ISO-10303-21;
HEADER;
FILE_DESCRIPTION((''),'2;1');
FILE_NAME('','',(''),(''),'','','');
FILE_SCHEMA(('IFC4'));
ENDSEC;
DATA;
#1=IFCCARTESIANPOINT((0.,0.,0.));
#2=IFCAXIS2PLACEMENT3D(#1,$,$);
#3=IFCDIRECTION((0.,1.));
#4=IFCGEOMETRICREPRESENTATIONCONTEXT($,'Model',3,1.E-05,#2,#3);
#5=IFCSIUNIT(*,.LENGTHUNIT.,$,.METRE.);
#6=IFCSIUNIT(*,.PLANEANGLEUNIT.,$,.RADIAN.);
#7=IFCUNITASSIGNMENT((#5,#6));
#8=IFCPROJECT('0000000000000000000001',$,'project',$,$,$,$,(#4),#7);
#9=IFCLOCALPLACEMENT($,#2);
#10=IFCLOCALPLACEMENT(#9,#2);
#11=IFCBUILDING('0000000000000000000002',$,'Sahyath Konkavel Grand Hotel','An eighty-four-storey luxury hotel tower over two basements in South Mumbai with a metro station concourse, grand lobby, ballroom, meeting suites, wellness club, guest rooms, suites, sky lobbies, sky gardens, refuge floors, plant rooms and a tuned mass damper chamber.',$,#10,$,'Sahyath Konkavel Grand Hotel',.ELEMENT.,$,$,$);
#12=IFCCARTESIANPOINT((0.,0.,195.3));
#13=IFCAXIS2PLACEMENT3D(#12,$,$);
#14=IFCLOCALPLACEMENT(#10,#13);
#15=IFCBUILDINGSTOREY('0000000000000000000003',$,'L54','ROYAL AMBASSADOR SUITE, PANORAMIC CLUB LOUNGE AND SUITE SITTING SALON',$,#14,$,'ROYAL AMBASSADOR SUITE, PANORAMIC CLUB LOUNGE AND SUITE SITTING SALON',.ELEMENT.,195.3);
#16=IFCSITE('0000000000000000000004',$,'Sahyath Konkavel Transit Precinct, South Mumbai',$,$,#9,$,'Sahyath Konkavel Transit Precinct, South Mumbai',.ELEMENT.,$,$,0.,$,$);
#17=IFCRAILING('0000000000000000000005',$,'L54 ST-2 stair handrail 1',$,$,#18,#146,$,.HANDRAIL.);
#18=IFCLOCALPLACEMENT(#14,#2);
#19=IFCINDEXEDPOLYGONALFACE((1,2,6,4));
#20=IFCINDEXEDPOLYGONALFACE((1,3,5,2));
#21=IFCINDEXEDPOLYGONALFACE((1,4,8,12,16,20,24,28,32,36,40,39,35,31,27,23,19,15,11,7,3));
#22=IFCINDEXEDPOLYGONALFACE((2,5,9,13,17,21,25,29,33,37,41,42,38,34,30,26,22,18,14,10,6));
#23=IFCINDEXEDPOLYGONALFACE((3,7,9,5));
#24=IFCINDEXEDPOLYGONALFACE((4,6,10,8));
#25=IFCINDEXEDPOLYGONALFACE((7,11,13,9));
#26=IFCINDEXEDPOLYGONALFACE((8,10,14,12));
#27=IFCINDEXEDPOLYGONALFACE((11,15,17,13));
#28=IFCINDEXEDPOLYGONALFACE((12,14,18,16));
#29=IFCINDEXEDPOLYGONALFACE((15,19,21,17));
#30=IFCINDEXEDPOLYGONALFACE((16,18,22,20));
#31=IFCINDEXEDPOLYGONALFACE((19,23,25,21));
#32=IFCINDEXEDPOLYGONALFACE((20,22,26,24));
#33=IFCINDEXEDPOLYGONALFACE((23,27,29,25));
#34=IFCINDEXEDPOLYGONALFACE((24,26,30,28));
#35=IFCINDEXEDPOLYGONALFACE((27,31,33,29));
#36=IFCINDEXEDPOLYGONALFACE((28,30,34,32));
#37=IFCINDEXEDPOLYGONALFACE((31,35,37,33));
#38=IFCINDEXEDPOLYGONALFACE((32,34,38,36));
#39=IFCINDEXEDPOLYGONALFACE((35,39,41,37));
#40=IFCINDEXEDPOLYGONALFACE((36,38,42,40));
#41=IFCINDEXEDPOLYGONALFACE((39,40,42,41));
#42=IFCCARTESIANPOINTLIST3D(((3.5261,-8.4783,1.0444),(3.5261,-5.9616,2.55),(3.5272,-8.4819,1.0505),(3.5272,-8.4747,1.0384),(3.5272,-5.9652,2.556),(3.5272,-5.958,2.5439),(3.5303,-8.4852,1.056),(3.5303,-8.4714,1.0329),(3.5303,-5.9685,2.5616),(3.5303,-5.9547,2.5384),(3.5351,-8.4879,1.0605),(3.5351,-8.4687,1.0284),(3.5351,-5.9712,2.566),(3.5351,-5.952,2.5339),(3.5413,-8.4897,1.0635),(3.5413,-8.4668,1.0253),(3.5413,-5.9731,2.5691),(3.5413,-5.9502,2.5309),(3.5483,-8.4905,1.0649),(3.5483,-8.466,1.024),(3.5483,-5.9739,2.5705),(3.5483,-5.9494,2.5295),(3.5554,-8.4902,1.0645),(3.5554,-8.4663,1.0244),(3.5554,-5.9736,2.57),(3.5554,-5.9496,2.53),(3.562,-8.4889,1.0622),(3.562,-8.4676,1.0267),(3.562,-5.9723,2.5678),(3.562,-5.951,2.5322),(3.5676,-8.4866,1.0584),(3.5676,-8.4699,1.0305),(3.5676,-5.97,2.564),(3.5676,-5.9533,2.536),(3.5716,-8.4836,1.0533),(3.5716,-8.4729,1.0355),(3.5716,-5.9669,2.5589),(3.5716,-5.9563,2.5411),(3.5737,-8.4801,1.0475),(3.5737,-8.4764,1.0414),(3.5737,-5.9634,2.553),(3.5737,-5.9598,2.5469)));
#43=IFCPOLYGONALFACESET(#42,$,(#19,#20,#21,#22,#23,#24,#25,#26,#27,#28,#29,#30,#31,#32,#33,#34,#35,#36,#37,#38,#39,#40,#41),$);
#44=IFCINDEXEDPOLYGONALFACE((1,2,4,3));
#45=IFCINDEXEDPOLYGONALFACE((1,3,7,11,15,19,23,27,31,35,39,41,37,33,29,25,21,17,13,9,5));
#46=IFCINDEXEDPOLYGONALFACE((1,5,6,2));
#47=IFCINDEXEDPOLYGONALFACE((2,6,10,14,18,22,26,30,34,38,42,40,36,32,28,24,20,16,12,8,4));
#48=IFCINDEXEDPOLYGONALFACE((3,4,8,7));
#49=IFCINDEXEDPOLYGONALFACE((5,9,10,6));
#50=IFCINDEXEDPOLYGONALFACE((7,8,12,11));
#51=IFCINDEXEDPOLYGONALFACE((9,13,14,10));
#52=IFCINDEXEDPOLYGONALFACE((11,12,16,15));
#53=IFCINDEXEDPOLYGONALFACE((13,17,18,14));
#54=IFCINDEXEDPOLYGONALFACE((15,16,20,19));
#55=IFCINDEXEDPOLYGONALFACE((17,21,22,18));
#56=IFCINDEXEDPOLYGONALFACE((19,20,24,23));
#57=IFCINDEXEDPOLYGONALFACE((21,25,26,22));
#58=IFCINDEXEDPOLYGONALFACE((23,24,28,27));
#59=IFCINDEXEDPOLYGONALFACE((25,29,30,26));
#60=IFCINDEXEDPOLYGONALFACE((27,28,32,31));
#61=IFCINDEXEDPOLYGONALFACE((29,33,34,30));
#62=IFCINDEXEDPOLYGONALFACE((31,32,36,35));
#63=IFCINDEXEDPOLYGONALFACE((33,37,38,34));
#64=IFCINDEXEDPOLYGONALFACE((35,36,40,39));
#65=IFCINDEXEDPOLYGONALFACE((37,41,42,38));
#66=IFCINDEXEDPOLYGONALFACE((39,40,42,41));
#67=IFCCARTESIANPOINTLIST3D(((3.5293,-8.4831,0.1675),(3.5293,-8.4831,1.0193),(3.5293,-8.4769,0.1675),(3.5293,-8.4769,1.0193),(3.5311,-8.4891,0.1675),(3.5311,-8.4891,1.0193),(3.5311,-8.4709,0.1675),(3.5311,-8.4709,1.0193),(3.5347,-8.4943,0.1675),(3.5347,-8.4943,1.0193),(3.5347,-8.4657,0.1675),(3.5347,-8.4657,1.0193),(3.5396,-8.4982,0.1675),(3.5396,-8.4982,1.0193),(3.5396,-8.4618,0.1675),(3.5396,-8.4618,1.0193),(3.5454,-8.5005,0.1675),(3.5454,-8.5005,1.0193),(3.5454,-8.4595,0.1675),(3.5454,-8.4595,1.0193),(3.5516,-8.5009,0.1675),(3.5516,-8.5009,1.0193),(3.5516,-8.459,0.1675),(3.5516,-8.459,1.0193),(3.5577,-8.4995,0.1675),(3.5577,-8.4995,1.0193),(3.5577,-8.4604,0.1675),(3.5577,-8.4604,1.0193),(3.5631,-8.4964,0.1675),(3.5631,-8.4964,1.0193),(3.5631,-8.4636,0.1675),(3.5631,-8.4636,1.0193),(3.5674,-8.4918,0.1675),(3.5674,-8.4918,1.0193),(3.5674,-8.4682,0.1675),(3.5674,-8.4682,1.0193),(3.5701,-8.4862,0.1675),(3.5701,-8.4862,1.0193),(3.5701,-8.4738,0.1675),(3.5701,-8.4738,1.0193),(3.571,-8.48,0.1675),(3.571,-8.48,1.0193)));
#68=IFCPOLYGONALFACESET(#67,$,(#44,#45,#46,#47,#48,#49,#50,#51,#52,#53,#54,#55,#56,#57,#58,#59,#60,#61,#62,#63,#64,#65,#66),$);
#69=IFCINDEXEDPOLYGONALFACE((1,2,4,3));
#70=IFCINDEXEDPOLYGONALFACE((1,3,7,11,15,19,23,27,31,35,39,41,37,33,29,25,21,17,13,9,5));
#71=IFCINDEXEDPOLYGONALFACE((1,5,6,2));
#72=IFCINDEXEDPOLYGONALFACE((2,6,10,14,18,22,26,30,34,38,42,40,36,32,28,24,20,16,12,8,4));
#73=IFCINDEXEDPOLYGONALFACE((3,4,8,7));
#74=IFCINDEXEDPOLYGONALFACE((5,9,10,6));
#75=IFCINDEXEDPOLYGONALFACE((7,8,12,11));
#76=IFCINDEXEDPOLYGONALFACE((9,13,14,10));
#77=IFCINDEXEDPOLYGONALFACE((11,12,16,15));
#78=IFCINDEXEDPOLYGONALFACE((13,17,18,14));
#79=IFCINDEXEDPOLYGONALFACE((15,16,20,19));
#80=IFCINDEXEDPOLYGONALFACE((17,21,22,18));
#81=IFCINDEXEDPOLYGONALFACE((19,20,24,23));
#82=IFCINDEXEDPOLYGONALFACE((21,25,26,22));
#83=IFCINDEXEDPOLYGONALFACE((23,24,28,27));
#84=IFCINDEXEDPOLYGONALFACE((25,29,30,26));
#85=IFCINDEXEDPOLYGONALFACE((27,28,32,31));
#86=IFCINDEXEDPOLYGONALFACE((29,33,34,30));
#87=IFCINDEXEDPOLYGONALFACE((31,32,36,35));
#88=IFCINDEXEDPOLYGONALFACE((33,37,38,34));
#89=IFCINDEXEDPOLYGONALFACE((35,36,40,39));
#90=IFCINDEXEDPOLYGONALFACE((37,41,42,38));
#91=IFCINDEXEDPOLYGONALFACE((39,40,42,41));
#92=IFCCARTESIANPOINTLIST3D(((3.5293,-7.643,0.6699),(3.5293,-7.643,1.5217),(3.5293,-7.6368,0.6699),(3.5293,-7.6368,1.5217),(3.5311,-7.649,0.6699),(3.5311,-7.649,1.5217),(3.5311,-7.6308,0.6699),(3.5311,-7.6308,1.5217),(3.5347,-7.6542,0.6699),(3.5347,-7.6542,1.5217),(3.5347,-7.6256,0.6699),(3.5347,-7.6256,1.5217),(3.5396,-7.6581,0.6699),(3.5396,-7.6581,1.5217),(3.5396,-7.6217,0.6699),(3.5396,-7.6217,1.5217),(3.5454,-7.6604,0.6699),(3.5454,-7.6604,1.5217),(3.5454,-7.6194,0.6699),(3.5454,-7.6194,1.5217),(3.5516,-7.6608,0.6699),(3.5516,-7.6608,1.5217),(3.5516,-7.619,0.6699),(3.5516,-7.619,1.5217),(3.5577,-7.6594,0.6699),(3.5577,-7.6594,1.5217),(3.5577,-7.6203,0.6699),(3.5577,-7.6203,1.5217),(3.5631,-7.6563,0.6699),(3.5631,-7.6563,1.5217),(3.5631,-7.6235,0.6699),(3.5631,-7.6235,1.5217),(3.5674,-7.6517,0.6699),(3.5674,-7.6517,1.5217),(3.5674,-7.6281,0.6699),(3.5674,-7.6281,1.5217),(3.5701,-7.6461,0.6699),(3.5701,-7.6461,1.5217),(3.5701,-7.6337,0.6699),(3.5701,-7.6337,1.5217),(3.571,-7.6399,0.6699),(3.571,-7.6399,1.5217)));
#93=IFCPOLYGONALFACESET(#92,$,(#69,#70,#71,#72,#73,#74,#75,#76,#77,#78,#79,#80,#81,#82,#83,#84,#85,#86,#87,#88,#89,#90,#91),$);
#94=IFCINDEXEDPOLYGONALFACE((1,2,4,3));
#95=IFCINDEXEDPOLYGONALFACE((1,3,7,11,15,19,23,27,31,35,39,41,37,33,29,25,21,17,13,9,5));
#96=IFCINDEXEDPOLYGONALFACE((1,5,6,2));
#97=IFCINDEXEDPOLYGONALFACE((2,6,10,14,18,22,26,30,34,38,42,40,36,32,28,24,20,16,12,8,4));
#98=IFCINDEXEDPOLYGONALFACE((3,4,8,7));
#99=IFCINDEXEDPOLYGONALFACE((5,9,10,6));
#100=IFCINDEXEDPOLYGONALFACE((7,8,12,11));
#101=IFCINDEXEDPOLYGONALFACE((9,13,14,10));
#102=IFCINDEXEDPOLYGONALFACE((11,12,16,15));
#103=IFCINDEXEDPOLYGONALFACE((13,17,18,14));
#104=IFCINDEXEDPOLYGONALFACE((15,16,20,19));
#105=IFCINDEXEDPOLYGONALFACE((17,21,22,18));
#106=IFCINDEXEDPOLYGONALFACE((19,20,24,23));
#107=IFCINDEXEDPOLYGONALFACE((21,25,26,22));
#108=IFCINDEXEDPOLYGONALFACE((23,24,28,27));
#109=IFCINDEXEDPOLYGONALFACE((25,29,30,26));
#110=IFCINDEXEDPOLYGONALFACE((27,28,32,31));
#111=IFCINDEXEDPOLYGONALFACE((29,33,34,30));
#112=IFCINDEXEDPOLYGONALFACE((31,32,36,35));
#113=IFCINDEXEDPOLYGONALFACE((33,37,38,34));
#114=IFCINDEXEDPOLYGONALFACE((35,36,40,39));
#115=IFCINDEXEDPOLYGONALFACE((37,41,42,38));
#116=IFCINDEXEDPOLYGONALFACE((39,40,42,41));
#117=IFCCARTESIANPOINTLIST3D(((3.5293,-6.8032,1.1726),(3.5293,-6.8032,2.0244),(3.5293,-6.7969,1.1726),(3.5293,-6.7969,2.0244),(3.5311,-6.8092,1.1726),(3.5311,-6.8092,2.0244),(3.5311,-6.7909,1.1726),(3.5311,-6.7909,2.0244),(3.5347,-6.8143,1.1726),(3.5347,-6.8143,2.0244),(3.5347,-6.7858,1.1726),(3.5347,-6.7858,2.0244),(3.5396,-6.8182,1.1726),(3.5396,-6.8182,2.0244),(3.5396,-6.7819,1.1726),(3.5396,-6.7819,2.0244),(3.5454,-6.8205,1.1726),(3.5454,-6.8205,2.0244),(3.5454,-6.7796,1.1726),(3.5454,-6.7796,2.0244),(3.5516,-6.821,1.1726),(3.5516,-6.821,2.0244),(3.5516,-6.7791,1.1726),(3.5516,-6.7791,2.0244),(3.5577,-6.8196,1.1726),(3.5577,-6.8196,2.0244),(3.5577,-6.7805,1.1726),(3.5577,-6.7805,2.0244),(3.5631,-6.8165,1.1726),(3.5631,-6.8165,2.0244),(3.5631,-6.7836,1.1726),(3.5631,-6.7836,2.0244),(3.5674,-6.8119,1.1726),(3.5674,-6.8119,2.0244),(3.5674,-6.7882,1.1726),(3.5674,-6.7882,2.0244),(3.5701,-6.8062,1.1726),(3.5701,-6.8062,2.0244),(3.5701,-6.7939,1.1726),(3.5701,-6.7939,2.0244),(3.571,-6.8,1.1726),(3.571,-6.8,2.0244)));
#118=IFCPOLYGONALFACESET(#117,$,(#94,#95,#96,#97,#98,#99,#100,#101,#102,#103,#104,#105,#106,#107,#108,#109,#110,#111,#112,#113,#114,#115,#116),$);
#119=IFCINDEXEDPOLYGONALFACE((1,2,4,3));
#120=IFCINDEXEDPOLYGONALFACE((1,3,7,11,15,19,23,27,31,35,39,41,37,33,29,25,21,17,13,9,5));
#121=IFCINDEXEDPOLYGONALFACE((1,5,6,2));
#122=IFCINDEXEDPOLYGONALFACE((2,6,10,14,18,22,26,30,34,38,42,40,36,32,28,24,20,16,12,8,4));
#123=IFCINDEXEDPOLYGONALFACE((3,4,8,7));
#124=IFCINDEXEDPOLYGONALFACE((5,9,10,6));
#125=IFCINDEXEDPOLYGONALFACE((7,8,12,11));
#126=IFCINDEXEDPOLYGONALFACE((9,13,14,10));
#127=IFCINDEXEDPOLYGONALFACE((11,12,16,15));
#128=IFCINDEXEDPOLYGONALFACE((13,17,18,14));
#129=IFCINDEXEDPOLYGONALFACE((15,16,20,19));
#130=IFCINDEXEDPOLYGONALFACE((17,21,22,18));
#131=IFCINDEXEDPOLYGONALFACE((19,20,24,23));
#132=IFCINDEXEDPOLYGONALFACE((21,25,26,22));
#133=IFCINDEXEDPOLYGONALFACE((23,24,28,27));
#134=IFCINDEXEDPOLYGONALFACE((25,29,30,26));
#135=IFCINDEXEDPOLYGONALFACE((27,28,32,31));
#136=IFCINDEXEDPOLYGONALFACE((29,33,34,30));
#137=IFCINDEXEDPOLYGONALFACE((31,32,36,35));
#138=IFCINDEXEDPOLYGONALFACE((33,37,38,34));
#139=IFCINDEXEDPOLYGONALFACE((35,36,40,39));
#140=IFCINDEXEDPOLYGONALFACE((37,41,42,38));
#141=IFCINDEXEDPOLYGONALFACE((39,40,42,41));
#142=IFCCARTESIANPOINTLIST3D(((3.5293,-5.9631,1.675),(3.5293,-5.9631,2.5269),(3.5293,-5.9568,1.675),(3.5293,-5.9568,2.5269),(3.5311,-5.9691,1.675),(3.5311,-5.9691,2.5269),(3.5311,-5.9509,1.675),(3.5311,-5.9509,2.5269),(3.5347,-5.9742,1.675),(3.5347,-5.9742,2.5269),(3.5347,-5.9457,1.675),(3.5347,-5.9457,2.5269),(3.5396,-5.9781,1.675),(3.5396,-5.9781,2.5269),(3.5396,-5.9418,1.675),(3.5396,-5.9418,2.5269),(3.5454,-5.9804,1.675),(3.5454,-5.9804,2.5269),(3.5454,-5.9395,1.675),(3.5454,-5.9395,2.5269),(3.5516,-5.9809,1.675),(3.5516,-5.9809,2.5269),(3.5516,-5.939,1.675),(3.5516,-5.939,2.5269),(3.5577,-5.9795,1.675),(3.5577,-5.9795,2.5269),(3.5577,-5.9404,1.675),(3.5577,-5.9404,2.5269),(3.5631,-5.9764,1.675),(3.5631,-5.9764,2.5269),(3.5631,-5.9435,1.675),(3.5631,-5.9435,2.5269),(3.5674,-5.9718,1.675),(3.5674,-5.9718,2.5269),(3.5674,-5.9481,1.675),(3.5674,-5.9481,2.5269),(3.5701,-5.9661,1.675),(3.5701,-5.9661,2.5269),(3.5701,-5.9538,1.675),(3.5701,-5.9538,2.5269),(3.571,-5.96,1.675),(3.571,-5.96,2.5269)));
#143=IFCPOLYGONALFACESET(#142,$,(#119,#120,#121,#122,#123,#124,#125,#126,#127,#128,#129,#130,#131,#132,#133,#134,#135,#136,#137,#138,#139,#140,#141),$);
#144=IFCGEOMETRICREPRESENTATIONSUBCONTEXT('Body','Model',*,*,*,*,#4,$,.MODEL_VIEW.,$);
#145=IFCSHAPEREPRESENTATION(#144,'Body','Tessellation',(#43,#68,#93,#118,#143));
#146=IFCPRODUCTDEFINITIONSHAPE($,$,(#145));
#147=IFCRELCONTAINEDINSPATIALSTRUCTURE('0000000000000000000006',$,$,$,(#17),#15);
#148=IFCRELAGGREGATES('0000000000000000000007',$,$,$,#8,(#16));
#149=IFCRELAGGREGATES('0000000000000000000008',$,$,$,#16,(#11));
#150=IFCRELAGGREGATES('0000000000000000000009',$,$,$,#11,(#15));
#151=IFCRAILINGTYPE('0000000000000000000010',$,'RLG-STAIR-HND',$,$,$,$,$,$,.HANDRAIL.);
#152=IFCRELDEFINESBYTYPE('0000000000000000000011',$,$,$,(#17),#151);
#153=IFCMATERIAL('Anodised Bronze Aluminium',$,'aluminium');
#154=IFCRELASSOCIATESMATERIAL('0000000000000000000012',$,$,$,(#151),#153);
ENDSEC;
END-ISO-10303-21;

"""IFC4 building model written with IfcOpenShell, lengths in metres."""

from ifc_helpers import new_model, si_unit, direction, frame, origin, origin_2d, place, context, subcontext, project, spatial, circle, extrude, material, type_object, element, save


model = new_model("IFC4")

# Units and contexts
model_context = context("Model", 3, precision=1e-05, world=origin(), true_north=direction((0.0, 1.0)))
body_context = subcontext(model_context, "Body", "Model", "MODEL_VIEW")
ifc_project = project(units=[si_unit("LENGTHUNIT", "METRE"), si_unit("PLANEANGLEUNIT", "RADIAN")], contexts=[model_context])

# Site, building, storey
site_placement = place(None, origin())
site = spatial("IfcSite", under=ifc_project, at=site_placement, Name="Sahyath Konkavel Transit Precinct, South Mumbai", LongName="Sahyath Konkavel Transit Precinct, South Mumbai", CompositionType="ELEMENT", RefElevation=0.0)
building_placement = place(site_placement, origin())
building = spatial("IfcBuilding", under=site, at=building_placement, Name="Sahyath Konkavel Grand Hotel", Description="An eighty-four-storey luxury hotel tower over two basements in South Mumbai with a metro station concourse, grand lobby, ballroom, meeting suites, wellness club, guest rooms, suites, sky lobbies, sky gardens, refuge floors, plant rooms and a tuned mass damper chamber.", LongName="Sahyath Konkavel Grand Hotel", CompositionType="ELEMENT")
storey_placement = place(building_placement, frame((0.0, 0.0, 195.3)))
storey = spatial("IfcBuildingStorey", under=building, at=storey_placement, Name="L54", Description="ROYAL AMBASSADOR SUITE, PANORAMIC CLUB LOUNGE AND SUITE SITTING SALON", LongName="ROYAL AMBASSADOR SUITE, PANORAMIC CLUB LOUNGE AND SUITE SITTING SALON", CompositionType="ELEMENT", Elevation=195.3)

# Shared definitions
ifc_material_1 = material(Name="Anodised Bronze Aluminium", Category="aluminium")

# Railing
railing_type_1 = type_object("IfcRailingType", Name="RLG-STAIR-HND", PredefinedType="HANDRAIL", material=ifc_material_1)
railing_1_placement = place(storey_placement, frame((3.55, -8.48, 0.1675)))
element("IfcRailing", 1, at=railing_1_placement, inside=storey, type_object=railing_type_1, Name="L54 ST-2 stair handrail 1", PredefinedType="HANDRAIL", context=body_context, shape_type="SweptSolid", body=[
    extrude(circle(Radius=0.0239, at=origin_2d()), frame((0.0, 0.0017, 0.877), z_axis=(0.0, 0.85816, 0.513383), x_axis=(-1.0, 0.0, 0.0)), (0.0, 0.0, 1.0), 2.9326),
    extrude(circle(Radius=0.021, at=origin_2d()), origin(), (0.0, 0.0, 1.0), 0.8518),
    extrude(circle(Radius=0.021, at=origin_2d()), frame((0.0, 0.8401, 0.5024)), (0.0, 0.0, 1.0), 0.8518),
    extrude(circle(Radius=0.021, at=origin_2d()), frame((0.0, 1.6799, 1.0051)), (0.0, 0.0, 1.0), 0.8518),
    extrude(circle(Radius=0.021, at=origin_2d()), frame((0.0, 2.52, 1.5076)), (0.0, 0.0, 1.0), 0.8518),
])

save(model, "model.ifc")
